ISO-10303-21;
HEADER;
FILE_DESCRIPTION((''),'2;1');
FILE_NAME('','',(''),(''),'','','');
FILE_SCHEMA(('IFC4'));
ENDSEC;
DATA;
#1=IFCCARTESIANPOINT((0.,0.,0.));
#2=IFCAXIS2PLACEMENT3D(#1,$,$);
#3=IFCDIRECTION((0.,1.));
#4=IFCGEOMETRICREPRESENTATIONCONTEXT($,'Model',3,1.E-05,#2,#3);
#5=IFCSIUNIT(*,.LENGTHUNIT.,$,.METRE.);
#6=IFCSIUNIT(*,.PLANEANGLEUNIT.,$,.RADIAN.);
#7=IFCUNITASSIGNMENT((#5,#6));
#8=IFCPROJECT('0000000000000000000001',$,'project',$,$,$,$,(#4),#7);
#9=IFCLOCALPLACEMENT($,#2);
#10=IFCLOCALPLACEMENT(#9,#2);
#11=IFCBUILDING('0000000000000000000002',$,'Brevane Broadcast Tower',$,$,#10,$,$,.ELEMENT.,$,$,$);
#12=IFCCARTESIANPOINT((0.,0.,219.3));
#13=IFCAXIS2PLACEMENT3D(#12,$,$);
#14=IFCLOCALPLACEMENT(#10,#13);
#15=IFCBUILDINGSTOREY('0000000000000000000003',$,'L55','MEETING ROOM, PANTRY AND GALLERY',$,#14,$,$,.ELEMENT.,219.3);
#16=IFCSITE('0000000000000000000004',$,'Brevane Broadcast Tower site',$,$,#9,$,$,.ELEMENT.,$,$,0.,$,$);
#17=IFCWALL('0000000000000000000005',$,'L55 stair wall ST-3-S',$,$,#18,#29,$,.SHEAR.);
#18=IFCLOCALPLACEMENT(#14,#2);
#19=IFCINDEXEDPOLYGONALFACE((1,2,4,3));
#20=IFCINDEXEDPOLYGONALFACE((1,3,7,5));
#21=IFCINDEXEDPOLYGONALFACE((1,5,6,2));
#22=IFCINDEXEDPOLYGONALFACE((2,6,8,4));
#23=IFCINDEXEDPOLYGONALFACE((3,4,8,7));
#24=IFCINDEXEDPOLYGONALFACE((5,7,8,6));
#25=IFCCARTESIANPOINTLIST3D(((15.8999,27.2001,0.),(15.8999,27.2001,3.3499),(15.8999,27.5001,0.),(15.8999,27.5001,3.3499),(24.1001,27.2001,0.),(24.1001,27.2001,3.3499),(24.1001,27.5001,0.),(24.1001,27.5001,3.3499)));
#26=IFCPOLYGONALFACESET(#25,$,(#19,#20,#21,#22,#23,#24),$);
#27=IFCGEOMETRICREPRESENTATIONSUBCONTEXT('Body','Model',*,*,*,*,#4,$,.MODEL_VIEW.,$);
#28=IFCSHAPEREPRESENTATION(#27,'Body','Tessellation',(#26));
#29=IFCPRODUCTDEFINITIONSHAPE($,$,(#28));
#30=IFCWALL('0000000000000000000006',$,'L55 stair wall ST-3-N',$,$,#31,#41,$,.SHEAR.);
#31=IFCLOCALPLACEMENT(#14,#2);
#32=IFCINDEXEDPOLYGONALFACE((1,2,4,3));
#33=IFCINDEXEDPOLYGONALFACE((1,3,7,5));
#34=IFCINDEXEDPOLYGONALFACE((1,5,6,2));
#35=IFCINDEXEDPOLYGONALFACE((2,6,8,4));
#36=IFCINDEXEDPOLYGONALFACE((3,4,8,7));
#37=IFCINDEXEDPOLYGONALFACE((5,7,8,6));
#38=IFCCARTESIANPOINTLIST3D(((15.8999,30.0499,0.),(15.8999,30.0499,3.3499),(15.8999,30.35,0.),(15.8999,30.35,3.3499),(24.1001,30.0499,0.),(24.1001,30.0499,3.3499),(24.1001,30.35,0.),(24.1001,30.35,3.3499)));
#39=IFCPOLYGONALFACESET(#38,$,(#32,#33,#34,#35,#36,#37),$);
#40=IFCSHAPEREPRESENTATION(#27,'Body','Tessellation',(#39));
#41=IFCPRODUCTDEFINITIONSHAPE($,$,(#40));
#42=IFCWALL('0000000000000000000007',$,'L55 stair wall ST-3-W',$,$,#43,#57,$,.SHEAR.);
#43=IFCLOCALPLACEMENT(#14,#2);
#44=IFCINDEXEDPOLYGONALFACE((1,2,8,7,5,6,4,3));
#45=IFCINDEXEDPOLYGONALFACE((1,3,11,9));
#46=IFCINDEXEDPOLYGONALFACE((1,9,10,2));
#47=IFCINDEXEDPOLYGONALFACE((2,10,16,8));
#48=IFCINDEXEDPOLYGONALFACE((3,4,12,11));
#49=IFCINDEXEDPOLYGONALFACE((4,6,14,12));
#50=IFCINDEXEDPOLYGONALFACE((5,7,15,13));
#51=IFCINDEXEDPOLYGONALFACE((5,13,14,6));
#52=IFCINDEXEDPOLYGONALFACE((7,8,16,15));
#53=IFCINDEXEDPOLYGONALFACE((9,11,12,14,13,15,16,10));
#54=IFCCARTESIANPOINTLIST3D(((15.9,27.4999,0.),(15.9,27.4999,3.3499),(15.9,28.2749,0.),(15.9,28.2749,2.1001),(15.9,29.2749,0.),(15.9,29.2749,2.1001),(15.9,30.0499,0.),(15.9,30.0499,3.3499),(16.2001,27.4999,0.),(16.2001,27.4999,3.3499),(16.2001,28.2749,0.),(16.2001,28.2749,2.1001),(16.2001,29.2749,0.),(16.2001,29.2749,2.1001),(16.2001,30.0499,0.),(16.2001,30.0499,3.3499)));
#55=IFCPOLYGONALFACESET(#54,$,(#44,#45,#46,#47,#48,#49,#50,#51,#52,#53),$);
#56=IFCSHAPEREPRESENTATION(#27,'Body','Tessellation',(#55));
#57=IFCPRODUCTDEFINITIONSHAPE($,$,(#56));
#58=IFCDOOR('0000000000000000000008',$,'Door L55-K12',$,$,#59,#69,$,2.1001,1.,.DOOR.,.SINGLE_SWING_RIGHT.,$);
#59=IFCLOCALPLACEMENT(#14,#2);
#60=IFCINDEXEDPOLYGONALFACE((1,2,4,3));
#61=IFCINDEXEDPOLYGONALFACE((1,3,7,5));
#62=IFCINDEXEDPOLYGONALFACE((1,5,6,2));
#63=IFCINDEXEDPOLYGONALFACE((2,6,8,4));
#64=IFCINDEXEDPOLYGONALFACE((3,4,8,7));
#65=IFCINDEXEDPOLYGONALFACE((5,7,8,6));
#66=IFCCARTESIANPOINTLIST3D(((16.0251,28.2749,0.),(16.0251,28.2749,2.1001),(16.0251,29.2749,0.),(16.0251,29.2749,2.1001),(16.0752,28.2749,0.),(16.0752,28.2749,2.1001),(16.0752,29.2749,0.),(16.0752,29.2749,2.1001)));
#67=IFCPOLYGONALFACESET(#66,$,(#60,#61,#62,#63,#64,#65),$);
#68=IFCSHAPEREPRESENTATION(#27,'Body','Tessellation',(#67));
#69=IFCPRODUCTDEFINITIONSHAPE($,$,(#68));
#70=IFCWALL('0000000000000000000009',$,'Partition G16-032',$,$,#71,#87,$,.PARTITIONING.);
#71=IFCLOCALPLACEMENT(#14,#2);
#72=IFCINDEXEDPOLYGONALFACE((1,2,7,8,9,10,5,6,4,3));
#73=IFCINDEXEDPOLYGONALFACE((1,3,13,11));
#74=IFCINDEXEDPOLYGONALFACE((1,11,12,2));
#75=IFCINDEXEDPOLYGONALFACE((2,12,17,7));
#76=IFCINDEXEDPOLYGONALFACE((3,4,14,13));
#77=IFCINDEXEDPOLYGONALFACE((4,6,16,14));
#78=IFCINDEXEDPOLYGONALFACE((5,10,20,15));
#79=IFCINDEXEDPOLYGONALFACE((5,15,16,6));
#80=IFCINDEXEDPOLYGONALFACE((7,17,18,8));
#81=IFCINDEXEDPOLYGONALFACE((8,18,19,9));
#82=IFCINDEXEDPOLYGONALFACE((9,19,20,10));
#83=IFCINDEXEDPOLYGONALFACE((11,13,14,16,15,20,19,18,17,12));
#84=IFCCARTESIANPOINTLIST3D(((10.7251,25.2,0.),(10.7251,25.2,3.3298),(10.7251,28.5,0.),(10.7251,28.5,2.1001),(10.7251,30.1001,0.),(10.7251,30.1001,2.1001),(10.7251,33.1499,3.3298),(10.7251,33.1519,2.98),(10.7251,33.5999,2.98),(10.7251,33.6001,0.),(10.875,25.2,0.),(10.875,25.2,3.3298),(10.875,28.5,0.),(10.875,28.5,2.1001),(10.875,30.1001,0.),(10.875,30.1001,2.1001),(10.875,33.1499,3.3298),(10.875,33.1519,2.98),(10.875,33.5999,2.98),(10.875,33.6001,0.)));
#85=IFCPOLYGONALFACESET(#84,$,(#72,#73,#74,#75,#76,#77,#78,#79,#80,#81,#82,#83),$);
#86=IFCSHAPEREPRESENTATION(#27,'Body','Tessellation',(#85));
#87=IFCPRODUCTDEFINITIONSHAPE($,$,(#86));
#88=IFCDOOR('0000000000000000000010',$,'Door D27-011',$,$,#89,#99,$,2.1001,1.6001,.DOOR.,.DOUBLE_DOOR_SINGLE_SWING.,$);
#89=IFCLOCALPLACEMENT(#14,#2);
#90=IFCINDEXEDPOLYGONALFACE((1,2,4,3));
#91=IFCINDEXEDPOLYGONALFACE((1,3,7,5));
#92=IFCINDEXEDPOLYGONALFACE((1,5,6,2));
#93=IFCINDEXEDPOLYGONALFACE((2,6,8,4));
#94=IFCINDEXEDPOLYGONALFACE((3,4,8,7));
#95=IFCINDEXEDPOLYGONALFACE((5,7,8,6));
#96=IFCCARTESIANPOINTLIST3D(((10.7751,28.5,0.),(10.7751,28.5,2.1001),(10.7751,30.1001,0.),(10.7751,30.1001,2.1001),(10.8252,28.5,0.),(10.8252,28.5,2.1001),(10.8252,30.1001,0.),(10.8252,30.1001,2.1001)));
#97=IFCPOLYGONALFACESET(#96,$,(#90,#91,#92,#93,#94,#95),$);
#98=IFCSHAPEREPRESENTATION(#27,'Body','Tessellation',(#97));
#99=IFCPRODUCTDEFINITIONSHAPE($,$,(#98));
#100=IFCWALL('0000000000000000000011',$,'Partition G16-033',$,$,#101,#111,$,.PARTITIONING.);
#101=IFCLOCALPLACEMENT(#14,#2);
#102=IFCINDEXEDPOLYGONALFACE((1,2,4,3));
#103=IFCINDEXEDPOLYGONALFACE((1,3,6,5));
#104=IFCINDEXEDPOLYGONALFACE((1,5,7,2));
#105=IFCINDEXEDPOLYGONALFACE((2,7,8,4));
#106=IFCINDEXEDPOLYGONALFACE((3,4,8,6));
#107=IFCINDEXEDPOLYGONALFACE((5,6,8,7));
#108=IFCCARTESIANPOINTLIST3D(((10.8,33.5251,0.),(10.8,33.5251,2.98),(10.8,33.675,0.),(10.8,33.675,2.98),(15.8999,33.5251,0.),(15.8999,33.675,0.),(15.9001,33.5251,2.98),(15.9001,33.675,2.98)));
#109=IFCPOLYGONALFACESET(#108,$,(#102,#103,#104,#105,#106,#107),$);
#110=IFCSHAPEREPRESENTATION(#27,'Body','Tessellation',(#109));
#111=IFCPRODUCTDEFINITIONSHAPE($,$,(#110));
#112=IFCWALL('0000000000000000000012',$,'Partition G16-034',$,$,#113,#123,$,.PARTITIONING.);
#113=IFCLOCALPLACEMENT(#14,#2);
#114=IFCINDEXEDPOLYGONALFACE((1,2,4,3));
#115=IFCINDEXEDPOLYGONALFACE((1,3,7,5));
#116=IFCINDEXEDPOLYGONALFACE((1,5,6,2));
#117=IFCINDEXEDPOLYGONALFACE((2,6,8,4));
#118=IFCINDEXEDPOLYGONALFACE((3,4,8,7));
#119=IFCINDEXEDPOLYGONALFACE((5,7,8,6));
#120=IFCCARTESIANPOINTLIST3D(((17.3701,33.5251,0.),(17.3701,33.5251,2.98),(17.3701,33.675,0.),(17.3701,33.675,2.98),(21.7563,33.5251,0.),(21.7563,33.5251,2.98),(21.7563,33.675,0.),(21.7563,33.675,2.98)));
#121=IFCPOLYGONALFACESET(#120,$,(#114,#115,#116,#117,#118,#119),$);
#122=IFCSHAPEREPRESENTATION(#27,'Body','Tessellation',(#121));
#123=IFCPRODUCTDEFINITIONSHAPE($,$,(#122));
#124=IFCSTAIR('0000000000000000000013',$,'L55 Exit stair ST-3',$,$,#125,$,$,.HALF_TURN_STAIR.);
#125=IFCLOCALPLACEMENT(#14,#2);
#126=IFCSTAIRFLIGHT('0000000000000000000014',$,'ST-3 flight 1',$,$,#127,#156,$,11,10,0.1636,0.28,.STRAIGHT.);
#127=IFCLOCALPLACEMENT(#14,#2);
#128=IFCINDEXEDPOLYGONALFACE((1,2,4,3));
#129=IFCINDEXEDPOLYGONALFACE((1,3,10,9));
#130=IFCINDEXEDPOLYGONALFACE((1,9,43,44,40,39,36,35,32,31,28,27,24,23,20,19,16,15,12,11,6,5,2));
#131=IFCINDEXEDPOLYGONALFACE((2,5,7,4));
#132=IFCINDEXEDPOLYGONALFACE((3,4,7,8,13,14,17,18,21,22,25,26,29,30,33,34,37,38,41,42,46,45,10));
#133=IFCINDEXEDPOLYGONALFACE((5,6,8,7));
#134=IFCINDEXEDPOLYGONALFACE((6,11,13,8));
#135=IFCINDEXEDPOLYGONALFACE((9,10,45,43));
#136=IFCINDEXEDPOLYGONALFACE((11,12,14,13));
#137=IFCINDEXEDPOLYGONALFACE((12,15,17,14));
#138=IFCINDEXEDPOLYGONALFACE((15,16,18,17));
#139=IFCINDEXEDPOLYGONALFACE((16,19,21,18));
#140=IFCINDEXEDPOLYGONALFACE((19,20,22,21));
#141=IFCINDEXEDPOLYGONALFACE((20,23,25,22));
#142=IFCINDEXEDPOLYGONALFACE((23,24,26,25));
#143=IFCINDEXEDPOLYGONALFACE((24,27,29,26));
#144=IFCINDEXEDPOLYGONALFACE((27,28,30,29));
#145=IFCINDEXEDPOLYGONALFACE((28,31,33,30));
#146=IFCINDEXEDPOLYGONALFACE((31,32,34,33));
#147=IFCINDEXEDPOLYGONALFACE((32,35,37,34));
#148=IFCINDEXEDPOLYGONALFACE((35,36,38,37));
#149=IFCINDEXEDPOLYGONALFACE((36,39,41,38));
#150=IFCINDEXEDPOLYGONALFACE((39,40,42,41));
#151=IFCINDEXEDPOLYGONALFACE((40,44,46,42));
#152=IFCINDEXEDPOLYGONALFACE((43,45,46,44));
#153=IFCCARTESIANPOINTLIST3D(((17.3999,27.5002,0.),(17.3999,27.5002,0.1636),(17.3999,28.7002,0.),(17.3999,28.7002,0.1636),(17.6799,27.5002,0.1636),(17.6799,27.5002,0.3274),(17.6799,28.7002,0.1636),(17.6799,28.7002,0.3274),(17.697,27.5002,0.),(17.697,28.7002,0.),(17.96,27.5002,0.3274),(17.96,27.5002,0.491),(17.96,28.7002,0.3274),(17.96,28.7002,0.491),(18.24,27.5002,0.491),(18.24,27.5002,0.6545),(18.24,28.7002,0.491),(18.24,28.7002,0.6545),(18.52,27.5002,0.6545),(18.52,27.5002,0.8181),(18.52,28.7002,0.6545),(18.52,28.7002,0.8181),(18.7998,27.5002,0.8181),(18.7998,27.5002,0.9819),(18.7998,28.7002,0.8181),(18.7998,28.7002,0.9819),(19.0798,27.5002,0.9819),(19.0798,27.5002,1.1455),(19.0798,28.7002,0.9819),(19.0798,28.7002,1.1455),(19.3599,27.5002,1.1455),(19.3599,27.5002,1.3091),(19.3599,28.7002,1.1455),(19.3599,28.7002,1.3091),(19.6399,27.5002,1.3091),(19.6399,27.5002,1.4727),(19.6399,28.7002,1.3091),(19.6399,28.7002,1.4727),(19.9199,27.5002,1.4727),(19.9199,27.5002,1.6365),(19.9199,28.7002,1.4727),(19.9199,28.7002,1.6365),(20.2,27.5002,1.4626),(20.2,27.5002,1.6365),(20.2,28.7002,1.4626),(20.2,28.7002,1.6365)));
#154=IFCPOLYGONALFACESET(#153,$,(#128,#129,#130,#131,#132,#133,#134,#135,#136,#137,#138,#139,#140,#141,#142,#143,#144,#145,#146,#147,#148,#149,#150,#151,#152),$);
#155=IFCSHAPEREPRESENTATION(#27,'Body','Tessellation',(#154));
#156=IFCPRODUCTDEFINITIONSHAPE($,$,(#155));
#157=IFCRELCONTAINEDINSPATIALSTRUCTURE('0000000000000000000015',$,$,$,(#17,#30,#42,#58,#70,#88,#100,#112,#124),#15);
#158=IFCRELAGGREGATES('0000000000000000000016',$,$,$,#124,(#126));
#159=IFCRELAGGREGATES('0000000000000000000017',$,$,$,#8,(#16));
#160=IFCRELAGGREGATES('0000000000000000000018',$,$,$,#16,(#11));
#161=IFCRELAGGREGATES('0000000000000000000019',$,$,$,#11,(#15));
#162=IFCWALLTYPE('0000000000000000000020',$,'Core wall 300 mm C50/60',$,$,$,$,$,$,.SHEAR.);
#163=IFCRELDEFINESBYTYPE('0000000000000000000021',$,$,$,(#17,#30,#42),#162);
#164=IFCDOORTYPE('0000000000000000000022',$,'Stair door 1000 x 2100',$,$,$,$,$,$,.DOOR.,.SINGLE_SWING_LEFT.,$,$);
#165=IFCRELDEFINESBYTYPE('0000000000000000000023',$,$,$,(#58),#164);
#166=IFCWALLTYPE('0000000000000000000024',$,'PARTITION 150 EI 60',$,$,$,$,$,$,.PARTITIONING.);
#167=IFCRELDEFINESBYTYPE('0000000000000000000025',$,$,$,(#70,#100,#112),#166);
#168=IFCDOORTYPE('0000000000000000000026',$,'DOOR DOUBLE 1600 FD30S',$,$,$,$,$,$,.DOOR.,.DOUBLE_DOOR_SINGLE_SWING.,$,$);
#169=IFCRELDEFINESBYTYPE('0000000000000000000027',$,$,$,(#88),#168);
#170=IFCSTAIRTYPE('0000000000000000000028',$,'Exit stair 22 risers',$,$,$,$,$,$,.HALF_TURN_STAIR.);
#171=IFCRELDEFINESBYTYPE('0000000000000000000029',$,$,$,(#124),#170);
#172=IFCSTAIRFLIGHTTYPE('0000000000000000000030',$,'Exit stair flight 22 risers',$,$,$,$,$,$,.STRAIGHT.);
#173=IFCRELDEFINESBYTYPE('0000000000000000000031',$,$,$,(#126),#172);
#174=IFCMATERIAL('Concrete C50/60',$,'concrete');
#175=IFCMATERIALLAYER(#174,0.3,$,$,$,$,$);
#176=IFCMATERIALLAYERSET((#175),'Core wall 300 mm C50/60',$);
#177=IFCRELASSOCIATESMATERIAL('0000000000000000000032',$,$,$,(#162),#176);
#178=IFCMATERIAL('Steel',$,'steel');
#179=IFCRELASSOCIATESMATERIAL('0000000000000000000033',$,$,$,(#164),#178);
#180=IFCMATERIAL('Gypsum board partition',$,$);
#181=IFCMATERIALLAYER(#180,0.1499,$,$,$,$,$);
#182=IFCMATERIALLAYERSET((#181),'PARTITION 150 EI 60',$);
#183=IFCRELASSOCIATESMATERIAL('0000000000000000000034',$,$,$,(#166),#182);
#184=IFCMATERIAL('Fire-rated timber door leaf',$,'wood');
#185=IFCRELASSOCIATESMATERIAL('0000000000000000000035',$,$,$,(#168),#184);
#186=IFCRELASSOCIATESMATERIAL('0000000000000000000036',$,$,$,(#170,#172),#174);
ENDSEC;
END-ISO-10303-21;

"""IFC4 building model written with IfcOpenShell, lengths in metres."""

from ifc_helpers import new_model, si_unit, direction, frame, frame_2d, origin, place, context, subcontext, project, spatial, polyline, rectangle, outline, extrude, material, layer, layer_set, type_object, element, fill, aggregate, save


model = new_model("IFC4")

# Units and contexts
model_context = context("Model", 3, precision=1e-05, world=origin(), true_north=direction((0.0, 1.0)))
body_context = subcontext(model_context, "Body", "Model", "MODEL_VIEW")
ifc_project = project(units=[si_unit("LENGTHUNIT", "METRE"), si_unit("PLANEANGLEUNIT", "RADIAN")], contexts=[model_context])

# Site, building, storey
site_placement = place(None, origin())
site = spatial("IfcSite", under=ifc_project, at=site_placement, Name="Brevane Broadcast Tower site", CompositionType="ELEMENT", RefElevation=0.0)
building_placement = place(site_placement, origin())
building = spatial("IfcBuilding", under=site, at=building_placement, Name="Brevane Broadcast Tower", CompositionType="ELEMENT")
storey_placement = place(building_placement, frame((0.0, 0.0, 219.3)))
storey = spatial("IfcBuildingStorey", under=building, at=storey_placement, Name="L55", Description="MEETING ROOM, PANTRY AND GALLERY", CompositionType="ELEMENT", Elevation=219.3)

# Shared definitions
ifc_material_1 = material(Name="Concrete C50/60", Category="concrete")

# Walls
ifc_layer_1 = layer(ifc_material_1, 0.3)
ifc_layer_set_1 = layer_set([ifc_layer_1], Name="Core wall 300 mm C50/60")
wall_type_1 = type_object("IfcWallType", Name="Core wall 300 mm C50/60", PredefinedType="SHEAR", material=ifc_layer_set_1)
for number, where, z_axis, x_axis, name in (
    (1, (15.8999, 27.3501, 0.0), (0.0, 0.0, 1.0), (1.0, 0.0, 0.0), "L55 stair wall ST-3-S"),
    (2, (15.8999, 30.2, 0.0), (0.0, 0.0, 1.0), (1.0, 0.0, 0.0), "L55 stair wall ST-3-N"),
):
    element("IfcWall", number, at=place(storey_placement, frame(where, z_axis=z_axis, x_axis=x_axis)), inside=storey, type_object=wall_type_1, Name=name, PredefinedType="SHEAR", context=body_context, shape_type="SweptSolid", body=[
        extrude(rectangle(XDim=8.2002, YDim=0.3, at=frame_2d((4.1001, 0.0))), origin(), (0.0, 0.0, 1.0), 3.3499),
    ])

# Walls, openings, doors
wall_1_placement = place(storey_placement, frame((16.05, 27.5, 0.0), z_axis=(0.0, 0.0, 1.0), x_axis=(0.0, 1.0, 0.0)))
wall_1 = element("IfcWall", 3, at=wall_1_placement, inside=storey, type_object=wall_type_1, Name="L55 stair wall ST-3-W", PredefinedType="SHEAR", context=body_context, shape_type="SweptSolid", body=[
    extrude(rectangle(XDim=2.55, YDim=0.3, at=frame_2d((1.2749, 0.0))), origin(), (0.0, 0.0, 1.0), 3.3499),
])
opening_1_placement = place(wall_1_placement, frame((0.7749, 0.0, 0.0)))
opening_1 = element("IfcOpeningElement", 4, at=opening_1_placement, cuts=wall_1, PredefinedType="OPENING", context=body_context, shape_type="SweptSolid", body=[
    extrude(rectangle(XDim=1.0, YDim=2.1001, at=frame_2d((0.5, 1.05))), frame((0.0, 0.1599, 0.0), z_axis=(0.0, -1.0, 0.0), x_axis=(1.0, 0.0, 0.0)), (0.0, 0.0, 1.0), 0.3201),
])
ifc_material_2 = material(Name="Steel", Category="steel")
door_type_1 = type_object("IfcDoorType", Name="Stair door 1000 x 2100", OperationType="SINGLE_SWING_LEFT", PredefinedType="DOOR", material=ifc_material_2)
door_1_placement = place(opening_1_placement, origin())
door_1 = element("IfcDoor", 5, at=door_1_placement, inside=storey, type_object=door_type_1, Name="Door L55-K12", OperationType="SINGLE_SWING_RIGHT", OverallHeight=2.1001, OverallWidth=1.0, PredefinedType="DOOR", context=body_context, shape_type="SweptSolid", body=[
    extrude(rectangle(XDim=1.0, YDim=2.1001, at=frame_2d((0.5, 1.05))), frame((0.0, 0.0249, 0.0), z_axis=(0.0, -1.0, 0.0), x_axis=(1.0, 0.0, 0.0)), (0.0, 0.0, 1.0), 0.05),
])
fill(opening_1, door_1)
ifc_material_3 = material(Name="Gypsum board partition")
ifc_layer_2 = layer(ifc_material_3, 0.1499)
ifc_layer_set_2 = layer_set([ifc_layer_2], Name="PARTITION 150 EI 60")
wall_type_2 = type_object("IfcWallType", Name="PARTITION 150 EI 60", PredefinedType="PARTITIONING", material=ifc_layer_set_2)
wall_2_placement = place(storey_placement, frame((10.8, 25.2, 0.0), z_axis=(0.0, 0.0, 1.0), x_axis=(0.0, 1.0, 0.0)))
wall_2 = element("IfcWall", 6, at=wall_2_placement, inside=storey, type_object=wall_type_2, Name="Partition G16-032", PredefinedType="PARTITIONING", context=body_context, shape_type="SweptSolid", body=[
    extrude(outline(polyline([(0.0, 0.0), (8.4001, 0.0), (8.3999, 2.98), (7.9519, 2.98), (7.95, 3.3298), (0.0, 3.3298), (0.0, 0.0)])), frame((0.0, 0.075, 0.0), z_axis=(0.0, -1.0, 0.0), x_axis=(1.0, 0.0, 0.0)), (0.0, 0.0, 1.0), 0.1499),
])
opening_2_placement = place(wall_2_placement, frame((3.3, 0.0, 0.0)))
opening_2 = element("IfcOpeningElement", 7, at=opening_2_placement, cuts=wall_2, PredefinedType="OPENING", context=body_context, shape_type="SweptSolid", body=[
    extrude(rectangle(XDim=1.6001, YDim=2.1001, at=frame_2d((0.8, 1.05))), frame((0.0, 0.085, 0.0), z_axis=(0.0, -1.0, 0.0), x_axis=(1.0, 0.0, 0.0)), (0.0, 0.0, 1.0), 0.1699),
])
ifc_material_4 = material(Name="Fire-rated timber door leaf", Category="wood")
door_type_2 = type_object("IfcDoorType", Name="DOOR DOUBLE 1600 FD30S", OperationType="DOUBLE_DOOR_SINGLE_SWING", PredefinedType="DOOR", material=ifc_material_4)
door_2_placement = place(opening_2_placement, origin())
door_2 = element("IfcDoor", 8, at=door_2_placement, inside=storey, type_object=door_type_2, Name="Door D27-011", OperationType="DOUBLE_DOOR_SINGLE_SWING", OverallHeight=2.1001, OverallWidth=1.6001, PredefinedType="DOOR", context=body_context, shape_type="SweptSolid", body=[
    extrude(rectangle(XDim=1.6001, YDim=2.1001, at=frame_2d((0.8, 1.05))), frame((0.0, 0.0249, 0.0), z_axis=(0.0, -1.0, 0.0), x_axis=(1.0, 0.0, 0.0)), (0.0, 0.0, 1.0), 0.05),
])
fill(opening_2, door_2)

# Walls
wall_3_placement = place(storey_placement, frame((10.8, 33.6001, 0.0), z_axis=(0.0, 0.0, 1.0), x_axis=(1.0, 0.0, 0.0)))
element("IfcWall", 9, at=wall_3_placement, inside=storey, type_object=wall_type_2, Name="Partition G16-033", PredefinedType="PARTITIONING", context=body_context, shape_type="SweptSolid", body=[
    extrude(outline(polyline([(0.0, 0.0), (5.0999, 0.0), (5.1001, 2.98), (0.0, 2.98), (0.0, 0.0)])), frame((0.0, 0.075, 0.0), z_axis=(0.0, -1.0, 0.0), x_axis=(1.0, 0.0, 0.0)), (0.0, 0.0, 1.0), 0.1499),
])
wall_4_placement = place(storey_placement, frame((17.3701, 33.6001, 0.0), z_axis=(0.0, 0.0, 1.0), x_axis=(1.0, 0.0, 0.0)))
element("IfcWall", 10, at=wall_4_placement, inside=storey, type_object=wall_type_2, Name="Partition G16-034", PredefinedType="PARTITIONING", context=body_context, shape_type="SweptSolid", body=[
    extrude(rectangle(XDim=4.3862, YDim=0.1499, at=frame_2d((2.1931, 0.0))), origin(), (0.0, 0.0, 1.0), 2.98),
])

# Stair, stair flight
stair_type = type_object("IfcStairType", Name="Exit stair 22 risers", PredefinedType="HALF_TURN_STAIR", material=ifc_material_1)
stair_placement = place(storey_placement, origin())
stair = element("IfcStair", 11, at=stair_placement, inside=storey, type_object=stair_type, Name="L55 Exit stair ST-3", PredefinedType="HALF_TURN_STAIR")
stair_flight_type = type_object("IfcStairFlightType", Name="Exit stair flight 22 risers", PredefinedType="STRAIGHT", material=ifc_material_1)
stair_flight_placement = place(storey_placement, frame((17.3999, 28.1001, 0.0), z_axis=(0.0, 0.0, 1.0), x_axis=(1.0, 0.0, 0.0)))
stair_flight = element("IfcStairFlight", 12, at=stair_flight_placement, type_object=stair_flight_type, Name="ST-3 flight 1", NumberOfRisers=11, NumberOfTreads=10, PredefinedType="STRAIGHT", RiserHeight=0.1636, TreadLength=0.28, context=body_context, shape_type="SweptSolid", body=[
    extrude(outline(polyline([(0.0, 0.0), (0.0, 0.1636), (0.28, 0.1636), (0.28, 0.3274), (0.5601, 0.3274), (0.5601, 0.491), (0.8401, 0.491), (0.8401, 0.6545), (1.1201, 0.6545), (1.1201, 0.8181), (1.3999, 0.8181), (1.3999, 0.9819), (1.6799, 0.9819), (1.6799, 1.1455), (1.96, 1.1455), (1.96, 1.3091), (2.24, 1.3091), (2.24, 1.4727), (2.52, 1.4727), (2.52, 1.6365), (2.8, 1.6365), (2.8, 1.8), (2.8, 1.4626), (0.2971, 0.0), (0.0, 0.0)])), frame((0.0, 0.6001, 0.0), z_axis=(0.0, -1.0, 0.0), x_axis=(1.0, 0.0, 0.0)), (0.0, 0.0, 1.0), 1.2),
])
aggregate(stair, [stair_flight])

save(model, "model.ifc")
